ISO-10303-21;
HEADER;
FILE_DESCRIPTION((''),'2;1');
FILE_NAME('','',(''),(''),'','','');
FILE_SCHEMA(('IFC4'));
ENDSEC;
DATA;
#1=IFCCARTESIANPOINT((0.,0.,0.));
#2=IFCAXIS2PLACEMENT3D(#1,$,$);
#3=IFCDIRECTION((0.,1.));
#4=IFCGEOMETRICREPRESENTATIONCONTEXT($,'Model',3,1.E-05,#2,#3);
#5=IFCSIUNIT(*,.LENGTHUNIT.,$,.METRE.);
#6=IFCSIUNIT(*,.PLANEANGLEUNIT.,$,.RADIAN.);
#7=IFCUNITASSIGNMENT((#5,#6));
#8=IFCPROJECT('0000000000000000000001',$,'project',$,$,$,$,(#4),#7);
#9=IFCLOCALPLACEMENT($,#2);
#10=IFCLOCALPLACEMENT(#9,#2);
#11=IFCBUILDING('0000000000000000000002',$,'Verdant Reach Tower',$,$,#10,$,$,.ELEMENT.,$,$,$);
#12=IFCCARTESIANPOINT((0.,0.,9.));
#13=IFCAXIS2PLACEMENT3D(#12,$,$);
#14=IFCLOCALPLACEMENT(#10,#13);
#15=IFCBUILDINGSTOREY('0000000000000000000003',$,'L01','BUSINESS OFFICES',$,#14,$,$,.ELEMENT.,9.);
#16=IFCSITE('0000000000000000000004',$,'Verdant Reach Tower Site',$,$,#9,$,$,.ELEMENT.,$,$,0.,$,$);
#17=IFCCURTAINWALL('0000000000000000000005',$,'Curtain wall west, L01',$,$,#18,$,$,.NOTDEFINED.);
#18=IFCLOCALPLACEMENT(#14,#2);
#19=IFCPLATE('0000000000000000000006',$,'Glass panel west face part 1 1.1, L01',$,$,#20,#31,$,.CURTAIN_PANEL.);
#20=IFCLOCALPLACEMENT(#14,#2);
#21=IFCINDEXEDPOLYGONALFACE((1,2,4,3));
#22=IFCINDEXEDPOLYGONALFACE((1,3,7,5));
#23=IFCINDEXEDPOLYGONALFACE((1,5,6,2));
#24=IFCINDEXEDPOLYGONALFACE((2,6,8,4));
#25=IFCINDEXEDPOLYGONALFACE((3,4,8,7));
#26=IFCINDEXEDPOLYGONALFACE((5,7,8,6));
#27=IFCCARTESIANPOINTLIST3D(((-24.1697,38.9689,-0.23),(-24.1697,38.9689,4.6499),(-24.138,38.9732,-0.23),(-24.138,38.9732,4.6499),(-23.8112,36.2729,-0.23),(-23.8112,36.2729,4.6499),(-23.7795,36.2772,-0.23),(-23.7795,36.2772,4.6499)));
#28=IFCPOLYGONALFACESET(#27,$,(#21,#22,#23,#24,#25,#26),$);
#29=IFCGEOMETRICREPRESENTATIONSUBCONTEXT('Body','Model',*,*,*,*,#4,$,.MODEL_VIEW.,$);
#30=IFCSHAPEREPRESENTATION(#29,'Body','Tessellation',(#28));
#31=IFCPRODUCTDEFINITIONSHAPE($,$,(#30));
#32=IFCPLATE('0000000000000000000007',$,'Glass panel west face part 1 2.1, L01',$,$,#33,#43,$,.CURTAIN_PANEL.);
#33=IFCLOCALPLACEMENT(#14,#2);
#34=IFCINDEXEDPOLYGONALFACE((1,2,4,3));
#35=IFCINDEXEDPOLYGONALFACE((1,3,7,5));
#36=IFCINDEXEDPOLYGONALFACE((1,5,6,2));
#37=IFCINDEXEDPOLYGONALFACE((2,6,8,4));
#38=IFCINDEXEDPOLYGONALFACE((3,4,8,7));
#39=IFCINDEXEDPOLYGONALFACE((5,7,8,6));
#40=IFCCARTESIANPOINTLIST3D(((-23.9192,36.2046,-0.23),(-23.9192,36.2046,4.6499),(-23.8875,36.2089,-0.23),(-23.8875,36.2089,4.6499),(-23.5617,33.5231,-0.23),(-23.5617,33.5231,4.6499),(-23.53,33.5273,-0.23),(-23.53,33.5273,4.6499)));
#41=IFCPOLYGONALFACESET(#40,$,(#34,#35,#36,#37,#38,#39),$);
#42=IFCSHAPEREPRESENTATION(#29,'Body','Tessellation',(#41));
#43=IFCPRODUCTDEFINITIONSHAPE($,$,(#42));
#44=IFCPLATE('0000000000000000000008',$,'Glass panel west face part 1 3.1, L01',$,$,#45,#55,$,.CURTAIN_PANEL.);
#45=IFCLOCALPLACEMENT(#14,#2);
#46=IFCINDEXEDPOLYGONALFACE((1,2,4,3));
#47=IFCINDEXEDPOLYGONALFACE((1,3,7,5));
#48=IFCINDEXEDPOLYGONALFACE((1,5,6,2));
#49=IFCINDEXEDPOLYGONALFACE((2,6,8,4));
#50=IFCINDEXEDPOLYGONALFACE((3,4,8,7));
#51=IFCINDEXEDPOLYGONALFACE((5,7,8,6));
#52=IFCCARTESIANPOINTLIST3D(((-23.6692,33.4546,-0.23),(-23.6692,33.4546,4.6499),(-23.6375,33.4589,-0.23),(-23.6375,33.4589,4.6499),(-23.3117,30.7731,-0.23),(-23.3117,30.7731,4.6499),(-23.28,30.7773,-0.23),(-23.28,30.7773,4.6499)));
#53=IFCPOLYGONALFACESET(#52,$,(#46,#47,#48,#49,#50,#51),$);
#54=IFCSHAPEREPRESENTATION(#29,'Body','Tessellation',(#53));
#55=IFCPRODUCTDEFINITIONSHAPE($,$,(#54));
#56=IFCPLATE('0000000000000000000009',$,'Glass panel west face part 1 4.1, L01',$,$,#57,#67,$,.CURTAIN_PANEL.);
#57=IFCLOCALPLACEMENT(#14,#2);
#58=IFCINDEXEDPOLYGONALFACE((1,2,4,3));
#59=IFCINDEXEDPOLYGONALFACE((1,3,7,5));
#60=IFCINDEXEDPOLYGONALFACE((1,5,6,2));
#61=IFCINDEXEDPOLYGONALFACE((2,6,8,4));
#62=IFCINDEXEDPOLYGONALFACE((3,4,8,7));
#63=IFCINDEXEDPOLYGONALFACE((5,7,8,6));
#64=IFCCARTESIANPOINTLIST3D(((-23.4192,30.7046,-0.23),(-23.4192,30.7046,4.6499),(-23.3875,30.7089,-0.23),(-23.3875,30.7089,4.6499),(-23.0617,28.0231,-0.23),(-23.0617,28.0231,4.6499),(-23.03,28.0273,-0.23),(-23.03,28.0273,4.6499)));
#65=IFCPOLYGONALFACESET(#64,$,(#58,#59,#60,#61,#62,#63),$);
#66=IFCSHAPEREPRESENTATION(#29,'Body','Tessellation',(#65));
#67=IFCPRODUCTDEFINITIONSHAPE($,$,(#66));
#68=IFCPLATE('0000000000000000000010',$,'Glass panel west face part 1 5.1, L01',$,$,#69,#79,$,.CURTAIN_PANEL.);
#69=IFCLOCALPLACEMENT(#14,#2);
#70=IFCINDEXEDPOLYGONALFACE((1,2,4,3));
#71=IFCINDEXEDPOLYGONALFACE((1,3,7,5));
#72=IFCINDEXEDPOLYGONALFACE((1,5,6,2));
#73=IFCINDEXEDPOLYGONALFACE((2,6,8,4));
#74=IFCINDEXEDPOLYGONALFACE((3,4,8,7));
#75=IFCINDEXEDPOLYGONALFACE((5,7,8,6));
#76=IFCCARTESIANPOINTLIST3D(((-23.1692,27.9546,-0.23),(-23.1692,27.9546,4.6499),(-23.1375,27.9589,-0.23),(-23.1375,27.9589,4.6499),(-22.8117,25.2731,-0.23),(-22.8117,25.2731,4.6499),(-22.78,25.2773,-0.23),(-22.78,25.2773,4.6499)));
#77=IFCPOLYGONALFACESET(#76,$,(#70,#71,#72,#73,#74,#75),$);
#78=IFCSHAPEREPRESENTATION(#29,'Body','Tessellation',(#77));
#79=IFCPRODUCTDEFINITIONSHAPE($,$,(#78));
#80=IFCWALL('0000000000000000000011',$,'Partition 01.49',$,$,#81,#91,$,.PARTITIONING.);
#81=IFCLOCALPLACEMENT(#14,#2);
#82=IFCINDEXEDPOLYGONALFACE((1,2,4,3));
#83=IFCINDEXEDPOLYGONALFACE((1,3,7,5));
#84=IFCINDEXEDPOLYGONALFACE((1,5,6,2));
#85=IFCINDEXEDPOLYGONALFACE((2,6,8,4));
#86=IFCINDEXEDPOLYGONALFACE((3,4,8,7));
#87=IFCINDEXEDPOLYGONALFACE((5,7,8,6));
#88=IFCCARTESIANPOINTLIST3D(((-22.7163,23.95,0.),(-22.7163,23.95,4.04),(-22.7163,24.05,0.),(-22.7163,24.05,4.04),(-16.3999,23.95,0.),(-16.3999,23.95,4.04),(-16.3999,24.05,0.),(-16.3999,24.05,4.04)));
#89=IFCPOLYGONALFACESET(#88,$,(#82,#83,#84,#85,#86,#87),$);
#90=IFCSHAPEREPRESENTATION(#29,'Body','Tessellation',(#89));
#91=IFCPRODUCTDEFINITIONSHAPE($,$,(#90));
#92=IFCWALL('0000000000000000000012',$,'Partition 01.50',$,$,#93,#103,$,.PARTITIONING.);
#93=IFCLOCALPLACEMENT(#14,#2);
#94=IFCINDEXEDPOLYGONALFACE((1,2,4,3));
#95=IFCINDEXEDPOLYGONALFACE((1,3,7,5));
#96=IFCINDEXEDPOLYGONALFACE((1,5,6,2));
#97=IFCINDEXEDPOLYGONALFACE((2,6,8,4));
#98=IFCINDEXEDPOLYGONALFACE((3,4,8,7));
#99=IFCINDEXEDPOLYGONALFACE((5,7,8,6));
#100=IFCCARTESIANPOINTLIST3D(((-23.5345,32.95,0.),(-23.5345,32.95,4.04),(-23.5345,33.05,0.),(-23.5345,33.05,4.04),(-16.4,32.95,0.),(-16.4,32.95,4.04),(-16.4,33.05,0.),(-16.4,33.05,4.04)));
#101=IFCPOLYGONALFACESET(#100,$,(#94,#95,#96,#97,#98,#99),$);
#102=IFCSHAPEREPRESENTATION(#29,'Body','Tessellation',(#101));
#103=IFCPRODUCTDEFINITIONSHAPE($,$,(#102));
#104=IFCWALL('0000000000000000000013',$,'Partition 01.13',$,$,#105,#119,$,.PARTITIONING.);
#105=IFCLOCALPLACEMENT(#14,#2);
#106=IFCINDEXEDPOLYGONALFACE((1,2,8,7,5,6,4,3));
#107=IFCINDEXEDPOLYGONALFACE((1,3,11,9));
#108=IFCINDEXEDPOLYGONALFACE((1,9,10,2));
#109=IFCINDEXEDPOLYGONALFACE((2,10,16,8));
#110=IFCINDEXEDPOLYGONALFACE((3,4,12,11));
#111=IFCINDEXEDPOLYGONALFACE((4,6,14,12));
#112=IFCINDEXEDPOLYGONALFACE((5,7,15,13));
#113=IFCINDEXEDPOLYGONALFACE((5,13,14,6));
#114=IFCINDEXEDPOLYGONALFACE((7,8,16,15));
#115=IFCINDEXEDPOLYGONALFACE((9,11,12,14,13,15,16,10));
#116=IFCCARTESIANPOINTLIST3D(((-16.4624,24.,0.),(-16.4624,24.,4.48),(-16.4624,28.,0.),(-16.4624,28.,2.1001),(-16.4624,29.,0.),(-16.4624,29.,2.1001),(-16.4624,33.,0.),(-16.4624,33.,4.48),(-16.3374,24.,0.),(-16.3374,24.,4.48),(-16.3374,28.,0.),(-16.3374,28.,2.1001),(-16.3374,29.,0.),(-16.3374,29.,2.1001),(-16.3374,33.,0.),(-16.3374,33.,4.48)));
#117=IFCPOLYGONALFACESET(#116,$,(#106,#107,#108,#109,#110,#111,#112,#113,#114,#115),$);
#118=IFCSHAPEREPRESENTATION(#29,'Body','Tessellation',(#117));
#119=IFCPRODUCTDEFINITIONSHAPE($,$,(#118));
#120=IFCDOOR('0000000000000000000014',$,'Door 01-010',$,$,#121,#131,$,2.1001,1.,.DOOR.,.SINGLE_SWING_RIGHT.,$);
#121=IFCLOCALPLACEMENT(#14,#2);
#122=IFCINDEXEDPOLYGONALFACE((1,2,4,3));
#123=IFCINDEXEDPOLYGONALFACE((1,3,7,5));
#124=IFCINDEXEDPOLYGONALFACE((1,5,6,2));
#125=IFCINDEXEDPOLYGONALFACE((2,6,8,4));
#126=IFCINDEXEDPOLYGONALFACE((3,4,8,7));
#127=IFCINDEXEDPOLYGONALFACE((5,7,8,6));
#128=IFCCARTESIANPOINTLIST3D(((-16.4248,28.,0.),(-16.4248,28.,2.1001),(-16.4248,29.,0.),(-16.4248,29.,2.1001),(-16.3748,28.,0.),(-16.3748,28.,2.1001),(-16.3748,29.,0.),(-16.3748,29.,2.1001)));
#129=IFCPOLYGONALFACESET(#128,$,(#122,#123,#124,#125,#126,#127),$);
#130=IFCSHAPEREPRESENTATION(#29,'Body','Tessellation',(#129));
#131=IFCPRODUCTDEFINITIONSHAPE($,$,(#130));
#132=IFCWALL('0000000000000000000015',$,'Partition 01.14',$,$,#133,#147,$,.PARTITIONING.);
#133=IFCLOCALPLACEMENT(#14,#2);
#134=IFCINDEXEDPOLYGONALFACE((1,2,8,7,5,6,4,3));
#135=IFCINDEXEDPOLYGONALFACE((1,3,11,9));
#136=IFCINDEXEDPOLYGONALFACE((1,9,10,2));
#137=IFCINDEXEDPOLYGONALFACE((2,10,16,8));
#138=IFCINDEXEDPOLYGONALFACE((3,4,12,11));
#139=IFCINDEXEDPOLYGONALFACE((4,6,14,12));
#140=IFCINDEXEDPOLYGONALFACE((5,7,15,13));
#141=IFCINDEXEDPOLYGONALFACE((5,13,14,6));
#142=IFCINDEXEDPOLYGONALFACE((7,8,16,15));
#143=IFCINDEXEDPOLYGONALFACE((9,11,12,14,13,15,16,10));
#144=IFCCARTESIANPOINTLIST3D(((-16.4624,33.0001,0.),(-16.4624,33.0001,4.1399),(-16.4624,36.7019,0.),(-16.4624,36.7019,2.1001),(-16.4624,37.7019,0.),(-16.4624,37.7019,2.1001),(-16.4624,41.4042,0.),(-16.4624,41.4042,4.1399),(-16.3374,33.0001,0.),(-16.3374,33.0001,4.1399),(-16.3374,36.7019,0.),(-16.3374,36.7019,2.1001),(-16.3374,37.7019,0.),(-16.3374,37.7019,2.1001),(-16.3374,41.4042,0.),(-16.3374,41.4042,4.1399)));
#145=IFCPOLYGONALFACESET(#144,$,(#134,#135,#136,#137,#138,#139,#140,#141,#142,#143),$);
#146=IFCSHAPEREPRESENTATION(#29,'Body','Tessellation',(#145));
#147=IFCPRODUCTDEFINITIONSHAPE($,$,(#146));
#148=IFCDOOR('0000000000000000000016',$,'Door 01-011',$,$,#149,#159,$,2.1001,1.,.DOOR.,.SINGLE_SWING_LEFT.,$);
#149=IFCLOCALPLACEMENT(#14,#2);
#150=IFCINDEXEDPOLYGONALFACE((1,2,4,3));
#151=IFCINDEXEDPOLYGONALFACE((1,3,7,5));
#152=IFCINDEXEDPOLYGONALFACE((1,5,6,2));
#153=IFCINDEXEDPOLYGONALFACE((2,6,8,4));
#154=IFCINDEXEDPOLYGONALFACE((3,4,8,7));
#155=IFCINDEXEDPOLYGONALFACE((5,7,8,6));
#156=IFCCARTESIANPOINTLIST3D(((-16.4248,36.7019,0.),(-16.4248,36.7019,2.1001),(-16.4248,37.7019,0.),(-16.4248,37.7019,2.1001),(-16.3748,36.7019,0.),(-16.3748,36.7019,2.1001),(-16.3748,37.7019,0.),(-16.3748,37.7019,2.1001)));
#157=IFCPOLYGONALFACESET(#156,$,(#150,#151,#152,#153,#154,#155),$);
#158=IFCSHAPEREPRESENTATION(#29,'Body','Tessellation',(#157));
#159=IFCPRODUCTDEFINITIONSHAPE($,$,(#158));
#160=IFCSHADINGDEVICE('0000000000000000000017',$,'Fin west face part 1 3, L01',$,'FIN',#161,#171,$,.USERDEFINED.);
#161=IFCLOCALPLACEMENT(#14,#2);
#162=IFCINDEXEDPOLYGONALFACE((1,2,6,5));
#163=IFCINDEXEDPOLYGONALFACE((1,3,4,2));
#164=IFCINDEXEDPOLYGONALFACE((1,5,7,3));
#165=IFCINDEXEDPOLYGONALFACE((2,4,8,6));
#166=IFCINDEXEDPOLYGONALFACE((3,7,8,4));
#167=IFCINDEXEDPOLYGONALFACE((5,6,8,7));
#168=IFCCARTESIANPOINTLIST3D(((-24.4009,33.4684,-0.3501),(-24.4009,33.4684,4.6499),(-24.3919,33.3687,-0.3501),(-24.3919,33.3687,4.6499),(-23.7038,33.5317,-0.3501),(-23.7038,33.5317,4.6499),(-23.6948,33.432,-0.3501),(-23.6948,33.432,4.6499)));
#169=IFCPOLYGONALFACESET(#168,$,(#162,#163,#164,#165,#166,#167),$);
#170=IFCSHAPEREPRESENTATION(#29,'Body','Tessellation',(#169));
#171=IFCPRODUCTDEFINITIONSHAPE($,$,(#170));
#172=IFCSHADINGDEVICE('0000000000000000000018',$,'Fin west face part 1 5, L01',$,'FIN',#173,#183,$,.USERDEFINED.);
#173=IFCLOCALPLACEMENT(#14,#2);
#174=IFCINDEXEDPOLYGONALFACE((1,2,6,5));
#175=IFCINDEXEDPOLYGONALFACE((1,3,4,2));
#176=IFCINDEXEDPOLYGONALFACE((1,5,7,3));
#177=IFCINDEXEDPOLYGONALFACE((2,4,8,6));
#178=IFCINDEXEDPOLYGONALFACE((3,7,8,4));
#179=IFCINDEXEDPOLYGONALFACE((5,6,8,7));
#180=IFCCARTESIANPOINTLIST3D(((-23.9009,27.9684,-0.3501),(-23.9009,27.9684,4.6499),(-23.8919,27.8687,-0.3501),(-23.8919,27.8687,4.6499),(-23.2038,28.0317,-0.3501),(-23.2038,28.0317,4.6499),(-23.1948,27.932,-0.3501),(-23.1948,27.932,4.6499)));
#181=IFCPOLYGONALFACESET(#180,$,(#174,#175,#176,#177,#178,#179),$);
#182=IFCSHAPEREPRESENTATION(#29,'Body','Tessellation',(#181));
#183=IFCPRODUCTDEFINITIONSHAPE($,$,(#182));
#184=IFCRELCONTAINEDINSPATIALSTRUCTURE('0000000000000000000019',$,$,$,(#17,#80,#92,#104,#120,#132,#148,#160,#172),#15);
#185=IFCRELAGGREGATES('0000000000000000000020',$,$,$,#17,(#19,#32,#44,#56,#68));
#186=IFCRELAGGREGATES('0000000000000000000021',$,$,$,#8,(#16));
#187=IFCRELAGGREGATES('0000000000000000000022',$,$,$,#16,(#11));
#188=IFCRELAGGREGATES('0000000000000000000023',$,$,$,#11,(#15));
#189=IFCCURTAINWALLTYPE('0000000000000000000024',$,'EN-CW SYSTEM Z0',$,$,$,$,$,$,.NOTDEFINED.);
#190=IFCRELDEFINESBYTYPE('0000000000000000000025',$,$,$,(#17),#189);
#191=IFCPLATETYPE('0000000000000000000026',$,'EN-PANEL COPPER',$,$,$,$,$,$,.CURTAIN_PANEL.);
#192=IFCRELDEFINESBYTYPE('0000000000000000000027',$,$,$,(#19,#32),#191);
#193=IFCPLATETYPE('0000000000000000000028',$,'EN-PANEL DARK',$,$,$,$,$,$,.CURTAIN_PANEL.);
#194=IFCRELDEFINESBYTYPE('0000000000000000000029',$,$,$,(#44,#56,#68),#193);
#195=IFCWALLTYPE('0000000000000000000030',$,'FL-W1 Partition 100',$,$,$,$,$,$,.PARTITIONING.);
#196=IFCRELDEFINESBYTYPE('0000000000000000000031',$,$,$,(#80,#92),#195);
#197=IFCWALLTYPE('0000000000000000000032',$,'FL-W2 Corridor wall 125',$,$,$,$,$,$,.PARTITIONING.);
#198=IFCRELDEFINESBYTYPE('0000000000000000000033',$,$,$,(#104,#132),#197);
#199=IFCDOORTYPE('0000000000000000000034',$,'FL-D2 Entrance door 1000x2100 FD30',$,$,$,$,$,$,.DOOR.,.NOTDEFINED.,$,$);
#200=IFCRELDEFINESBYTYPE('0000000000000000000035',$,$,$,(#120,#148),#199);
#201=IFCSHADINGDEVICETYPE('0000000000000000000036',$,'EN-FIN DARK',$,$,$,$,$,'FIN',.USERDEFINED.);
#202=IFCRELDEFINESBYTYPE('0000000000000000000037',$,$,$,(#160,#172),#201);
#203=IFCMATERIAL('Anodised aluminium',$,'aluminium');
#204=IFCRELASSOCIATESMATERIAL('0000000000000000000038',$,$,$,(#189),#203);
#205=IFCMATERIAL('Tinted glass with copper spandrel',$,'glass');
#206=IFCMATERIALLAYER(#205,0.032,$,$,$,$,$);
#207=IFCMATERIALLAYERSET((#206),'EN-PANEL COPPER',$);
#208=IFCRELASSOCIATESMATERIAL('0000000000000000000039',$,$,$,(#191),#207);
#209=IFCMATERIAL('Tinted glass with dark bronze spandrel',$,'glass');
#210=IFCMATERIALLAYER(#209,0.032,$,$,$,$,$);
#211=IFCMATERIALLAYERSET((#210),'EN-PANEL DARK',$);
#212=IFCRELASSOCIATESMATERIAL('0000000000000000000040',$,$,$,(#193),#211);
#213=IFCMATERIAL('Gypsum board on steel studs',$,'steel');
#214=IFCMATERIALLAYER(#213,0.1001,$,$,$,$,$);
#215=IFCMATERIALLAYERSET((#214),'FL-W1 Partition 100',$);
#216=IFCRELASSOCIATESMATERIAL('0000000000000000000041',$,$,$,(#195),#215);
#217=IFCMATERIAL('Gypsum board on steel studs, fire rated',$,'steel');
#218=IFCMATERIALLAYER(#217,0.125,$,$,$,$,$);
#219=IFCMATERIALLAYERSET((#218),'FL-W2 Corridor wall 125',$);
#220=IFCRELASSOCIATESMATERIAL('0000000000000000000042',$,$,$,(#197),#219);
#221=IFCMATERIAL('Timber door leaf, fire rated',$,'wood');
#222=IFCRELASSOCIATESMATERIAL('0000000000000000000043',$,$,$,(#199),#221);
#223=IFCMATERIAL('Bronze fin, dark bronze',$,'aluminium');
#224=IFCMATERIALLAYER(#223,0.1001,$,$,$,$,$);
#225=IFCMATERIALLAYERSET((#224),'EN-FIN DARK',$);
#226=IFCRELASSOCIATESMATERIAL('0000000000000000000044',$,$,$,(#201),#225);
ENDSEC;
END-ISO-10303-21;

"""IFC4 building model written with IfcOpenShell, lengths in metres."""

from ifc_helpers import new_model, si_unit, direction, frame, frame_2d, origin, origin_2d, place, context, subcontext, project, spatial, rectangle, extrude, material, layer, layer_set, type_object, element, fill, aggregate, save


model = new_model("IFC4")

# Units and contexts
model_context = context("Model", 3, precision=1e-05, world=origin(), true_north=direction((0.0, 1.0)))
body_context = subcontext(model_context, "Body", "Model", "MODEL_VIEW")
ifc_project = project(units=[si_unit("LENGTHUNIT", "METRE"), si_unit("PLANEANGLEUNIT", "RADIAN")], contexts=[model_context])

# Site, building, storey
site_placement = place(None, origin())
site = spatial("IfcSite", under=ifc_project, at=site_placement, Name="Verdant Reach Tower Site", CompositionType="ELEMENT", RefElevation=0.0)
building_placement = place(site_placement, origin())
building = spatial("IfcBuilding", under=site, at=building_placement, Name="Verdant Reach Tower", CompositionType="ELEMENT")
storey_placement = place(building_placement, frame((0.0, 0.0, 9.0)))
storey = spatial("IfcBuildingStorey", under=building, at=storey_placement, Name="L01", Description="BUSINESS OFFICES", CompositionType="ELEMENT", Elevation=9.0)

# Curtain wall
ifc_material_1 = material(Name="Anodised aluminium", Category="aluminium")
curtain_wall_type = type_object("IfcCurtainWallType", Name="EN-CW SYSTEM Z0", PredefinedType="NOTDEFINED", material=ifc_material_1)
curtain_wall_placement = place(storey_placement, origin())
curtain_wall = element("IfcCurtainWall", 1, at=curtain_wall_placement, inside=storey, type_object=curtain_wall_type, Name="Curtain wall west, L01", PredefinedType="NOTDEFINED")

# Plates
ifc_material_2 = material(Name="Tinted glass with copper spandrel", Category="glass")
ifc_layer_1 = layer(ifc_material_2, 0.032)
ifc_layer_set_1 = layer_set([ifc_layer_1], Name="EN-PANEL COPPER")
plate_type_1 = type_object("IfcPlateType", Name="EN-PANEL COPPER", PredefinedType="CURTAIN_PANEL", material=ifc_layer_set_1)
plate_1_placement = place(storey_placement, frame((-23.9746, 37.623, -0.23), z_axis=(0.0, 0.0, 1.0), x_axis=(0.131793, -0.991277, 0.0)))
plate_1 = element("IfcPlate", 2, at=plate_1_placement, type_object=plate_type_1, Name="Glass panel west face part 1 1.1, L01", PredefinedType="CURTAIN_PANEL", context=body_context, shape_type="SweptSolid", body=[
    extrude(rectangle(XDim=2.7197, YDim=0.032, at=origin_2d()), origin(), (0.0, 0.0, 1.0), 4.8799),
])
plate_2_placement = place(storey_placement, frame((-23.7246, 34.866, -0.23), z_axis=(0.0, 0.0, 1.0), x_axis=(0.13216, -0.991228, 0.0)))
plate_2 = element("IfcPlate", 3, at=plate_2_placement, type_object=plate_type_1, Name="Glass panel west face part 1 2.1, L01", PredefinedType="CURTAIN_PANEL", context=body_context, shape_type="SweptSolid", body=[
    extrude(rectangle(XDim=2.7053, YDim=0.032, at=origin_2d()), origin(), (0.0, 0.0, 1.0), 4.8799),
])
ifc_material_3 = material(Name="Tinted glass with dark bronze spandrel", Category="glass")
ifc_layer_2 = layer(ifc_material_3, 0.032)
ifc_layer_set_2 = layer_set([ifc_layer_2], Name="EN-PANEL DARK")
plate_type_2 = type_object("IfcPlateType", Name="EN-PANEL DARK", PredefinedType="CURTAIN_PANEL", material=ifc_layer_set_2)
plate_3_placement = place(storey_placement, frame((-23.4746, 32.116, -0.23), z_axis=(0.0, 0.0, 1.0), x_axis=(0.13216, -0.991228, 0.0)))
plate_3 = element("IfcPlate", 4, at=plate_3_placement, type_object=plate_type_2, Name="Glass panel west face part 1 3.1, L01", PredefinedType="CURTAIN_PANEL", context=body_context, shape_type="SweptSolid", body=[
    extrude(rectangle(XDim=2.7053, YDim=0.032, at=origin_2d()), origin(), (0.0, 0.0, 1.0), 4.8799),
])
plate_4_placement = place(storey_placement, frame((-23.2246, 29.366, -0.23), z_axis=(0.0, 0.0, 1.0), x_axis=(0.13216, -0.991228, 0.0)))
plate_4 = element("IfcPlate", 5, at=plate_4_placement, type_object=plate_type_2, Name="Glass panel west face part 1 4.1, L01", PredefinedType="CURTAIN_PANEL", context=body_context, shape_type="SweptSolid", body=[
    extrude(rectangle(XDim=2.7053, YDim=0.032, at=origin_2d()), origin(), (0.0, 0.0, 1.0), 4.8799),
])
plate_5_placement = place(storey_placement, frame((-22.9746, 26.616, -0.23), z_axis=(0.0, 0.0, 1.0), x_axis=(0.13216, -0.991228, 0.0)))
plate_5 = element("IfcPlate", 6, at=plate_5_placement, type_object=plate_type_2, Name="Glass panel west face part 1 5.1, L01", PredefinedType="CURTAIN_PANEL", context=body_context, shape_type="SweptSolid", body=[
    extrude(rectangle(XDim=2.7053, YDim=0.032, at=origin_2d()), origin(), (0.0, 0.0, 1.0), 4.8799),
])
aggregate(curtain_wall, [plate_1, plate_2, plate_3, plate_4, plate_5])

# Walls
ifc_material_4 = material(Name="Gypsum board on steel studs", Category="steel")
ifc_layer_3 = layer(ifc_material_4, 0.1001)
ifc_layer_set_3 = layer_set([ifc_layer_3], Name="FL-W1 Partition 100")
wall_type_1 = type_object("IfcWallType", Name="FL-W1 Partition 100", PredefinedType="PARTITIONING", material=ifc_layer_set_3)
wall_1_placement = place(storey_placement, frame((-16.3999, 24.0, 0.0), z_axis=(0.0, 0.0, 1.0), x_axis=(-1.0, 0.0, 0.0)))
element("IfcWall", 7, at=wall_1_placement, inside=storey, type_object=wall_type_1, Name="Partition 01.49", PredefinedType="PARTITIONING", context=body_context, shape_type="SweptSolid", body=[
    extrude(rectangle(XDim=6.3164, YDim=0.1001, at=frame_2d((3.1582, 0.0))), origin(), (0.0, 0.0, 1.0), 4.04),
])
wall_2_placement = place(storey_placement, frame((-16.3999, 33.0, 0.0), z_axis=(0.0, 0.0, 1.0), x_axis=(-1.0, 0.0, 0.0)))
element("IfcWall", 8, at=wall_2_placement, inside=storey, type_object=wall_type_1, Name="Partition 01.50", PredefinedType="PARTITIONING", context=body_context, shape_type="SweptSolid", body=[
    extrude(rectangle(XDim=7.1345, YDim=0.1001, at=frame_2d((3.5674, 0.0))), origin(), (0.0, 0.0, 1.0), 4.04),
])

# Walls, openings, doors
ifc_material_5 = material(Name="Gypsum board on steel studs, fire rated", Category="steel")
ifc_layer_4 = layer(ifc_material_5, 0.125)
ifc_layer_set_4 = layer_set([ifc_layer_4], Name="FL-W2 Corridor wall 125")
wall_type_2 = type_object("IfcWallType", Name="FL-W2 Corridor wall 125", PredefinedType="PARTITIONING", material=ifc_layer_set_4)
wall_3_placement = place(storey_placement, frame((-16.3999, 24.0, 0.0), z_axis=(0.0, 0.0, 1.0), x_axis=(0.0, 1.0, 0.0)))
wall_3 = element("IfcWall", 9, at=wall_3_placement, inside=storey, type_object=wall_type_2, Name="Partition 01.13", PredefinedType="PARTITIONING", context=body_context, shape_type="SweptSolid", body=[
    extrude(rectangle(XDim=9.0, YDim=0.125, at=frame_2d((4.5, 0.0))), origin(), (0.0, 0.0, 1.0), 4.48),
])
opening_1_placement = place(wall_3_placement, frame((4.0, 0.0, 0.0)))
opening_1 = element("IfcOpeningElement", 10, at=opening_1_placement, cuts=wall_3, PredefinedType="OPENING", context=body_context, shape_type="SweptSolid", body=[
    extrude(rectangle(XDim=1.0, YDim=2.1001, at=frame_2d((0.5, 1.05))), frame((0.0, 0.0725, 0.0), z_axis=(0.0, -1.0, 0.0), x_axis=(1.0, 0.0, 0.0)), (0.0, 0.0, 1.0), 0.145),
])
ifc_material_6 = material(Name="Timber door leaf, fire rated", Category="wood")
door_type = type_object("IfcDoorType", Name="FL-D2 Entrance door 1000x2100 FD30", OperationType="NOTDEFINED", PredefinedType="DOOR", material=ifc_material_6)
door_1_placement = place(opening_1_placement, origin())
door_1 = element("IfcDoor", 11, at=door_1_placement, inside=storey, type_object=door_type, Name="Door 01-010", OperationType="SINGLE_SWING_RIGHT", OverallHeight=2.1001, OverallWidth=1.0, PredefinedType="DOOR", context=body_context, shape_type="SweptSolid", body=[
    extrude(rectangle(XDim=1.0, YDim=2.1001, at=frame_2d((0.5, 1.05))), frame((0.0, 0.0249, 0.0), z_axis=(0.0, -1.0, 0.0), x_axis=(1.0, 0.0, 0.0)), (0.0, 0.0, 1.0), 0.05),
])
fill(opening_1, door_1)
wall_4_placement = place(storey_placement, frame((-16.3999, 33.0, 0.0), z_axis=(0.0, 0.0, 1.0), x_axis=(0.0, 1.0, 0.0)))
wall_4 = element("IfcWall", 12, at=wall_4_placement, inside=storey, type_object=wall_type_2, Name="Partition 01.14", PredefinedType="PARTITIONING", context=body_context, shape_type="SweptSolid", body=[
    extrude(rectangle(XDim=8.4041, YDim=0.125, at=frame_2d((4.2021, 0.0))), origin(), (0.0, 0.0, 1.0), 4.1399),
])
opening_2_placement = place(wall_4_placement, frame((3.7019, 0.0, 0.0)))
opening_2 = element("IfcOpeningElement", 13, at=opening_2_placement, cuts=wall_4, PredefinedType="OPENING", context=body_context, shape_type="SweptSolid", body=[
    extrude(rectangle(XDim=1.0, YDim=2.1001, at=frame_2d((0.5, 1.05))), frame((0.0, 0.0725, 0.0), z_axis=(0.0, -1.0, 0.0), x_axis=(1.0, 0.0, 0.0)), (0.0, 0.0, 1.0), 0.145),
])
door_2_placement = place(opening_2_placement, origin())
door_2 = element("IfcDoor", 14, at=door_2_placement, inside=storey, type_object=door_type, Name="Door 01-011", OperationType="SINGLE_SWING_LEFT", OverallHeight=2.1001, OverallWidth=1.0, PredefinedType="DOOR", context=body_context, shape_type="SweptSolid", body=[
    extrude(rectangle(XDim=1.0, YDim=2.1001, at=frame_2d((0.5, 1.05))), frame((0.0, 0.0249, 0.0), z_axis=(0.0, -1.0, 0.0), x_axis=(1.0, 0.0, 0.0)), (0.0, 0.0, 1.0), 0.05),
])
fill(opening_2, door_2)

# Shading devices
ifc_material_7 = material(Name="Bronze fin, dark bronze", Category="aluminium")
ifc_layer_5 = layer(ifc_material_7, 0.1001)
ifc_layer_set_5 = layer_set([ifc_layer_5], Name="EN-FIN DARK")
shading_device_type = type_object("IfcShadingDeviceType", Name="EN-FIN DARK", ElementType="FIN", PredefinedType="USERDEFINED", material=ifc_layer_set_5)
for number, where, z_axis, x_axis, name in (
    (15, (-24.0479, 33.4502, -0.3501), (0.0, 0.0, 1.0), (0.090536, -0.995893, 0.0), "Fin west face part 1 3, L01"),
    (16, (-23.5479, 27.9502, -0.3501), (0.0, 0.0, 1.0), (0.090536, -0.995893, 0.0), "Fin west face part 1 5, L01"),
):
    element("IfcShadingDevice", number, at=place(storey_placement, frame(where, z_axis=z_axis, x_axis=x_axis)), inside=storey, type_object=shading_device_type, Name=name, ObjectType="FIN", PredefinedType="USERDEFINED", context=body_context, shape_type="SweptSolid", body=[
        extrude(rectangle(XDim=0.1001, YDim=0.7, at=origin_2d()), origin(), (0.0, 0.0, 1.0), 5.0),
    ])

save(model, "model.ifc")
